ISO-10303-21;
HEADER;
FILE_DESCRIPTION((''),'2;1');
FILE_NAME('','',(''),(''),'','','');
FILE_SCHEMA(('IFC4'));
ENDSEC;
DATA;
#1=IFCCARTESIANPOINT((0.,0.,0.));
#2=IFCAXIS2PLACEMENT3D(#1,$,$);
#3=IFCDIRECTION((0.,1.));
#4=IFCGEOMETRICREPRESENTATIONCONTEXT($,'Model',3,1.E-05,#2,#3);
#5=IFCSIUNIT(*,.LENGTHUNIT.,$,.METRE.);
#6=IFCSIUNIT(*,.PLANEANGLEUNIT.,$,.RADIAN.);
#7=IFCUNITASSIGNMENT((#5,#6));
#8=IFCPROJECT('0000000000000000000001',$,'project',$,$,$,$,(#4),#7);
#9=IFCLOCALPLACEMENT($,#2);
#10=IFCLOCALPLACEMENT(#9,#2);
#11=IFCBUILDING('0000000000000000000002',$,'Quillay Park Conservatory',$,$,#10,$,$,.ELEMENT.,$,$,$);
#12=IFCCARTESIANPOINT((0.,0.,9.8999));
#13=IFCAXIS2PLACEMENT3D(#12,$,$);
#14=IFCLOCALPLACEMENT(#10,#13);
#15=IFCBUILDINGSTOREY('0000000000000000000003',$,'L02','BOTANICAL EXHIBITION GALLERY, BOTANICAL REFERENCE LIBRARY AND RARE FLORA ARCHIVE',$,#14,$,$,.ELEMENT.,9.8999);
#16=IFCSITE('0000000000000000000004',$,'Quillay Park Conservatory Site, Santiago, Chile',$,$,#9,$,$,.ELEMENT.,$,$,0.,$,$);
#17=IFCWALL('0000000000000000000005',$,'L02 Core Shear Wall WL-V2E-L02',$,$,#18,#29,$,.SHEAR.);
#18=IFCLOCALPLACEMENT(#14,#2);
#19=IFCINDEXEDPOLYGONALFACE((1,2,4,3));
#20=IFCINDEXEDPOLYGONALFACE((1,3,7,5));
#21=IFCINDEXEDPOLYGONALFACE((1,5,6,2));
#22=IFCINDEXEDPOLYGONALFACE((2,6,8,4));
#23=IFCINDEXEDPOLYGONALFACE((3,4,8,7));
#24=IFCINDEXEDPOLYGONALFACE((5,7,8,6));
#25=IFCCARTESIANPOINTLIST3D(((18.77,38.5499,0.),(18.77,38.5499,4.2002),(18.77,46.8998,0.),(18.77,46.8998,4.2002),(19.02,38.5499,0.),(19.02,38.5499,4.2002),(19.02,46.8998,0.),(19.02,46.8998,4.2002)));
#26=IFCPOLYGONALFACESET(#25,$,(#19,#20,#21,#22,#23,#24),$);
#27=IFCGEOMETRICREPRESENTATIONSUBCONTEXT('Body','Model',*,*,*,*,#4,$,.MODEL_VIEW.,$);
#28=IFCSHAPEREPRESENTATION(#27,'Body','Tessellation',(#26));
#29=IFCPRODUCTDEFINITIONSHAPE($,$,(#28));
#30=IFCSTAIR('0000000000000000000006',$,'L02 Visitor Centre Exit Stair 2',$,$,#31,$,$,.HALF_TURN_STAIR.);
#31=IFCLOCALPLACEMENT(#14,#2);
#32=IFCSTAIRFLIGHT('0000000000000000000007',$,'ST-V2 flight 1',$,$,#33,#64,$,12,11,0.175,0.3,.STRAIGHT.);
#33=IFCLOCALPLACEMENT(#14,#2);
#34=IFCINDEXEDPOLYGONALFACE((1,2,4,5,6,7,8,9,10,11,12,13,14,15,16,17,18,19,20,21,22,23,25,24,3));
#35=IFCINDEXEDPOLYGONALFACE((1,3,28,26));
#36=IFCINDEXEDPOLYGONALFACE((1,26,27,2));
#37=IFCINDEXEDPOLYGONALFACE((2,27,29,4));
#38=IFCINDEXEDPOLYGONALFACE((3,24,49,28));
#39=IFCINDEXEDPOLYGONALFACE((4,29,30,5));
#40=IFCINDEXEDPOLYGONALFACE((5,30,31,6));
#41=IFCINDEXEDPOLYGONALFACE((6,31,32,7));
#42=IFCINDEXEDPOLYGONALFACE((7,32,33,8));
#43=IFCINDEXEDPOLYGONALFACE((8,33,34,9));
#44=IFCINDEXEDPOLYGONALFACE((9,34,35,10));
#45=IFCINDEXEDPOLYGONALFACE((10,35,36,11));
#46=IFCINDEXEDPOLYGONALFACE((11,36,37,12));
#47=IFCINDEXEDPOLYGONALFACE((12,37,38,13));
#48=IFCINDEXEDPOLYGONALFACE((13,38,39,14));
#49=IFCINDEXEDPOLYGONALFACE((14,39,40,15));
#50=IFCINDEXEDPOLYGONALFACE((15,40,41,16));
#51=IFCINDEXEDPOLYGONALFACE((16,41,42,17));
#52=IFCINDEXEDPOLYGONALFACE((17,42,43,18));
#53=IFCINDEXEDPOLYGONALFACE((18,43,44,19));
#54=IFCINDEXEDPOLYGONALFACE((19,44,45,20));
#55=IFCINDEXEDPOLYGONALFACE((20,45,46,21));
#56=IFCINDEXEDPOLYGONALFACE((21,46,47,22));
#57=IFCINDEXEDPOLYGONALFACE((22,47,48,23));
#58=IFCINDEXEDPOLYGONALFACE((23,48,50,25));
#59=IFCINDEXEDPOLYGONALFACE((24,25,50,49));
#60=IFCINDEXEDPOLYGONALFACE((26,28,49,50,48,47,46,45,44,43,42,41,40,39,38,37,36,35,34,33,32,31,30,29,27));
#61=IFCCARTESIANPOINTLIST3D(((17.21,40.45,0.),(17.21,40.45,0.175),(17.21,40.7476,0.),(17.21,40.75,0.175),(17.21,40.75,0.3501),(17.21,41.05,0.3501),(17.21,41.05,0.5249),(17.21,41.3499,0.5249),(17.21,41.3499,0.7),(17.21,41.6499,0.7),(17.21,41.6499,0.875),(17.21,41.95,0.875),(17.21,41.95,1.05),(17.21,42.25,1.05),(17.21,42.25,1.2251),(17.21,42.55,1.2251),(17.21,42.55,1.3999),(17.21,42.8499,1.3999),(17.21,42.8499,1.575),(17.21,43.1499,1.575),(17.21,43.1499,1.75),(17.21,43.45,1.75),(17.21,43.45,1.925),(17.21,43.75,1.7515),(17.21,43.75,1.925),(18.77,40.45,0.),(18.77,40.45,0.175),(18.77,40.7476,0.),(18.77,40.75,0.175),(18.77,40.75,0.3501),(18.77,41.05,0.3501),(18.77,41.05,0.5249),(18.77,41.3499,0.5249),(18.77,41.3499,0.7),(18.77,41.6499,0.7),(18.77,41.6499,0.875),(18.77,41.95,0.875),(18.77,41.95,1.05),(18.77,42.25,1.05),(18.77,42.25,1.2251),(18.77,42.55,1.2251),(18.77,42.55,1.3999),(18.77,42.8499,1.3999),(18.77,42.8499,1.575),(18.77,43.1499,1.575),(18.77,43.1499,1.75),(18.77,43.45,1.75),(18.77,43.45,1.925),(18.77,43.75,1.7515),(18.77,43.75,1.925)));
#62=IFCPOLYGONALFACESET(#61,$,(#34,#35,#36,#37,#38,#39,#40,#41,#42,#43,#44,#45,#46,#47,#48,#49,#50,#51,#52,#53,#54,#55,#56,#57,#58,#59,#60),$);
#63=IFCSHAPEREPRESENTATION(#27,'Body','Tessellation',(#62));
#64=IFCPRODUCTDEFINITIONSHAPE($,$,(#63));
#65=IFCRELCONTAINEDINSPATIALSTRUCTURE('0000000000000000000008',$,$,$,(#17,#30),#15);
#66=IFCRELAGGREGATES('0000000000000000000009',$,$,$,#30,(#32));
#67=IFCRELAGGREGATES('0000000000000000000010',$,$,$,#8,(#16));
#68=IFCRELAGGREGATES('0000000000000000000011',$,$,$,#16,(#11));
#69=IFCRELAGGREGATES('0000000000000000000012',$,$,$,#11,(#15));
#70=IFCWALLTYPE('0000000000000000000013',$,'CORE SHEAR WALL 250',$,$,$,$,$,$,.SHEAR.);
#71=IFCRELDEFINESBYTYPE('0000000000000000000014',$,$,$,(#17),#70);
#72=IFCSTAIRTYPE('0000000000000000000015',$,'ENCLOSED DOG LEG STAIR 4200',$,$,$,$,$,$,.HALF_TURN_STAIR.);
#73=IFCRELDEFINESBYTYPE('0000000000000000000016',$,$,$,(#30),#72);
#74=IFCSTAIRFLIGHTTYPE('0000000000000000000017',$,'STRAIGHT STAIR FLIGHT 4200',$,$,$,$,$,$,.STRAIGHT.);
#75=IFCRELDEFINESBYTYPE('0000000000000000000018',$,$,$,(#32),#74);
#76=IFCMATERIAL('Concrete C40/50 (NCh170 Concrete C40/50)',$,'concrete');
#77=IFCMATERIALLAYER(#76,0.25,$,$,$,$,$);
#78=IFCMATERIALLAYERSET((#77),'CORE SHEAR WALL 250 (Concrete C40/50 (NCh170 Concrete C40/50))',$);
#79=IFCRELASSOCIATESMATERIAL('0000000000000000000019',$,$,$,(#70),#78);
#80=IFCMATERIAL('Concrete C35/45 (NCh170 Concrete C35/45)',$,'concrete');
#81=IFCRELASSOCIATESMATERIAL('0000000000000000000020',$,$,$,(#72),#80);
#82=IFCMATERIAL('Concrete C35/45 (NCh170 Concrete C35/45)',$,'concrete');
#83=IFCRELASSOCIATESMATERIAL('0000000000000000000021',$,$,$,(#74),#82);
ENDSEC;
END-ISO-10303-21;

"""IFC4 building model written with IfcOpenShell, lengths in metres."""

from ifc_helpers import new_model, si_unit, direction, frame, frame_2d, origin, place, context, subcontext, project, spatial, polyline, rectangle, outline, extrude, material, layer, layer_set, type_object, element, aggregate, save


model = new_model("IFC4")

# Units and contexts
model_context = context("Model", 3, precision=1e-05, world=origin(), true_north=direction((0.0, 1.0)))
body_context = subcontext(model_context, "Body", "Model", "MODEL_VIEW")
ifc_project = project(units=[si_unit("LENGTHUNIT", "METRE"), si_unit("PLANEANGLEUNIT", "RADIAN")], contexts=[model_context])

# Site, building, storey
site_placement = place(None, origin())
site = spatial("IfcSite", under=ifc_project, at=site_placement, Name="Quillay Park Conservatory Site, Santiago, Chile", CompositionType="ELEMENT", RefElevation=0.0)
building_placement = place(site_placement, origin())
building = spatial("IfcBuilding", under=site, at=building_placement, Name="Quillay Park Conservatory", CompositionType="ELEMENT")
storey_placement = place(building_placement, frame((0.0, 0.0, 9.8999)))
storey = spatial("IfcBuildingStorey", under=building, at=storey_placement, Name="L02", Description="BOTANICAL EXHIBITION GALLERY, BOTANICAL REFERENCE LIBRARY AND RARE FLORA ARCHIVE", CompositionType="ELEMENT", Elevation=9.8999)

# Wall
ifc_material_1 = material(Name="Concrete C40/50 (NCh170 Concrete C40/50)", Category="concrete")
ifc_layer_1 = layer(ifc_material_1, 0.25)
ifc_layer_set_1 = layer_set([ifc_layer_1], Name="CORE SHEAR WALL 250 (Concrete C40/50 (NCh170 Concrete C40/50))")
wall_type = type_object("IfcWallType", Name="CORE SHEAR WALL 250", PredefinedType="SHEAR", material=ifc_layer_set_1)
for number, where, z_axis, x_axis, name in (
    (1, (18.895, 38.55, 0.0), (0.0, 0.0, 1.0), (0.0, 1.0, 0.0), "L02 Core Shear Wall WL-V2E-L02"),
):
    element("IfcWall", number, at=place(storey_placement, frame(where, z_axis=z_axis, x_axis=x_axis)), inside=storey, type_object=wall_type, Name=name, PredefinedType="SHEAR", context=body_context, shape_type="SweptSolid", body=[
        extrude(rectangle(XDim=8.3499, YDim=0.25, at=frame_2d((4.1748, 0.0))), origin(), (0.0, 0.0, 1.0), 4.2002),
    ])

# Stair, stair flight
ifc_material_2 = material(Name="Concrete C35/45 (NCh170 Concrete C35/45)", Category="concrete")
stair_type = type_object("IfcStairType", Name="ENCLOSED DOG LEG STAIR 4200", PredefinedType="HALF_TURN_STAIR", material=ifc_material_2)
stair_placement = place(storey_placement, origin())
stair = element("IfcStair", 2, at=stair_placement, inside=storey, type_object=stair_type, Name="L02 Visitor Centre Exit Stair 2", PredefinedType="HALF_TURN_STAIR")
ifc_material_3 = material(Name="Concrete C35/45 (NCh170 Concrete C35/45)", Category="concrete")
stair_flight_type = type_object("IfcStairFlightType", Name="STRAIGHT STAIR FLIGHT 4200", PredefinedType="STRAIGHT", material=ifc_material_3)
stair_flight_placement = place(storey_placement, frame((17.99, 40.45, 0.0), z_axis=(0.0, 0.0, 1.0), x_axis=(0.0, 1.0, 0.0)))
stair_flight = element("IfcStairFlight", 3, at=stair_flight_placement, type_object=stair_flight_type, Name="ST-V2 flight 1", NumberOfRisers=12, NumberOfTreads=11, PredefinedType="STRAIGHT", RiserHeight=0.175, TreadLength=0.3, context=body_context, shape_type="SweptSolid", body=[
    extrude(outline(polyline([(0.0, 0.0), (0.0, 0.175), (0.3, 0.175), (0.3, 0.3501), (0.6001, 0.3501), (0.6001, 0.5249), (0.8999, 0.5249), (0.8999, 0.7), (1.2, 0.7), (1.2, 0.875), (1.5, 0.875), (1.5, 1.05), (1.8, 1.05), (1.8, 1.2251), (2.1001, 1.2251), (2.1001, 1.3999), (2.3999, 1.3999), (2.3999, 1.575), (2.7, 1.575), (2.7, 1.75), (3.0, 1.75), (3.0, 1.925), (3.3, 1.925), (3.3, 2.1001), (3.3, 1.7515), (0.2976, 0.0), (0.0, 0.0)])), frame((0.0, 0.78, 0.0), z_axis=(0.0, -1.0, 0.0), x_axis=(1.0, 0.0, 0.0)), (0.0, 0.0, 1.0), 1.5601),
])
aggregate(stair, [stair_flight])

save(model, "model.ifc")
